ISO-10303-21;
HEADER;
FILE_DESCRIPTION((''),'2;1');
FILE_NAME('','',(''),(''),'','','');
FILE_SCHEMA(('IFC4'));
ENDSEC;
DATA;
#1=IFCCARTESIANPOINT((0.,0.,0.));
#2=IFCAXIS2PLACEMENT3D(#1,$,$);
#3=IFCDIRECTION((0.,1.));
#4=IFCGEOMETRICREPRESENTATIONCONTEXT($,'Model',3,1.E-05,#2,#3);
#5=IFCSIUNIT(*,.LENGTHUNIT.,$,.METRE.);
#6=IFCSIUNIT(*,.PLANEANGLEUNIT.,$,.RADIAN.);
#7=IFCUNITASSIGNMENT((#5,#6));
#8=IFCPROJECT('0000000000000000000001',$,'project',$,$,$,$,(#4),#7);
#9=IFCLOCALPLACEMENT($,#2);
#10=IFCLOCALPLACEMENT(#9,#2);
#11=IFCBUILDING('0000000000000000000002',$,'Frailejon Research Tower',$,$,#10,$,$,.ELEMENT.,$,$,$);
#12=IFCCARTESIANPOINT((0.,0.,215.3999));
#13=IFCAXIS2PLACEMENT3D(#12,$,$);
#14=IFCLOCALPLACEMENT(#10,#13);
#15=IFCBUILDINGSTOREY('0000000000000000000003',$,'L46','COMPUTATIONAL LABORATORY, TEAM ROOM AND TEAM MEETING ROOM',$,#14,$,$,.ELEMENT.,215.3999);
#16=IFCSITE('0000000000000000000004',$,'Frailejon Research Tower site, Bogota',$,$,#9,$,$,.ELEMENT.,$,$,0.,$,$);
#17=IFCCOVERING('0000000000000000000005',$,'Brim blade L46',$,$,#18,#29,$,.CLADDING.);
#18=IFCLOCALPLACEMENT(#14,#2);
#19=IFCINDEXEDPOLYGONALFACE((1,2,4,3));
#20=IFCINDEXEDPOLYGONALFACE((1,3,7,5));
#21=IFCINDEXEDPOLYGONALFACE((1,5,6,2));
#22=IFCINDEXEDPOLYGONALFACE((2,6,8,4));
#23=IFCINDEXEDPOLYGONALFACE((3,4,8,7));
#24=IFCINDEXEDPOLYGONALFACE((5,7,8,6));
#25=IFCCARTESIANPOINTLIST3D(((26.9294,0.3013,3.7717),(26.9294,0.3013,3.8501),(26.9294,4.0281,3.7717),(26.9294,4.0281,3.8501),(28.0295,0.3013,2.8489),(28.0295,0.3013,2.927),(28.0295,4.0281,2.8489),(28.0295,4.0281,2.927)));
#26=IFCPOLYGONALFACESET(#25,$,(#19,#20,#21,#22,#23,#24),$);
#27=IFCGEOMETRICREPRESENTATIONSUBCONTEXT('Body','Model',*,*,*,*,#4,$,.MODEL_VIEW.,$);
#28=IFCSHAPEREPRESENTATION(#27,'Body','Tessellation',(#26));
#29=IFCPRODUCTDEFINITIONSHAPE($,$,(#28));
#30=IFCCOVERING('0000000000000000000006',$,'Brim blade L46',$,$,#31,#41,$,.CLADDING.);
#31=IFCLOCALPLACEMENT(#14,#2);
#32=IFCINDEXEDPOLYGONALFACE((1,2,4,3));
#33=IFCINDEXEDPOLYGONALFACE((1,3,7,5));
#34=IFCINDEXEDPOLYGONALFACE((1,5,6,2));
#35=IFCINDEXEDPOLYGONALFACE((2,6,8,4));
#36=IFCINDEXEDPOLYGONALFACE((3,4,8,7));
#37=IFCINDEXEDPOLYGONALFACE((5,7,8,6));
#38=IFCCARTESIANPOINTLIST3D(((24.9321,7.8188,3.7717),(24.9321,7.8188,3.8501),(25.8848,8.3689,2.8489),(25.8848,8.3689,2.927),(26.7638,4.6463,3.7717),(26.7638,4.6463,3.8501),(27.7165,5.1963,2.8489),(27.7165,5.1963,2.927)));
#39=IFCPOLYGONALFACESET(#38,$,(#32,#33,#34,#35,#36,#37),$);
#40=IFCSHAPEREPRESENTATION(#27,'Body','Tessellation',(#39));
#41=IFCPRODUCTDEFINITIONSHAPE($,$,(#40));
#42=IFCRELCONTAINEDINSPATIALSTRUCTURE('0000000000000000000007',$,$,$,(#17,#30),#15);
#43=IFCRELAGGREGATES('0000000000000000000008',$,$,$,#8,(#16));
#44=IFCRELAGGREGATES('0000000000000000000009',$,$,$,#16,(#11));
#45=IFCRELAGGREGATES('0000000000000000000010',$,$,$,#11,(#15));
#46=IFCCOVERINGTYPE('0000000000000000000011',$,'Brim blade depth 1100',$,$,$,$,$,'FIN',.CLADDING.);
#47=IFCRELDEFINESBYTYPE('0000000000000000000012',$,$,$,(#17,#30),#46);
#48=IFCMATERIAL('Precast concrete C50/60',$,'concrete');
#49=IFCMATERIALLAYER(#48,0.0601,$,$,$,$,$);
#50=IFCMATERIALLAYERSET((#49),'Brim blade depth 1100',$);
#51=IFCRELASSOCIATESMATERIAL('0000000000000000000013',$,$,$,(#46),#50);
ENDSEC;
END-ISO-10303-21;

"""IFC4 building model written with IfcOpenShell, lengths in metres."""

from ifc_helpers import new_model, si_unit, direction, frame, origin, place, context, subcontext, project, spatial, polyline, outline, extrude, material, layer, layer_set, type_object, element, save


model = new_model("IFC4")

# Units and contexts
model_context = context("Model", 3, precision=1e-05, world=origin(), true_north=direction((0.0, 1.0)))
body_context = subcontext(model_context, "Body", "Model", "MODEL_VIEW")
ifc_project = project(units=[si_unit("LENGTHUNIT", "METRE"), si_unit("PLANEANGLEUNIT", "RADIAN")], contexts=[model_context])

# Site, building, storey
site_placement = place(None, origin())
site = spatial("IfcSite", under=ifc_project, at=site_placement, Name="Frailejon Research Tower site, Bogota", CompositionType="ELEMENT", RefElevation=0.0)
building_placement = place(site_placement, origin())
building = spatial("IfcBuilding", under=site, at=building_placement, Name="Frailejon Research Tower", CompositionType="ELEMENT")
storey_placement = place(building_placement, frame((0.0, 0.0, 215.3999)))
storey = spatial("IfcBuildingStorey", under=building, at=storey_placement, Name="L46", Description="COMPUTATIONAL LABORATORY, TEAM ROOM AND TEAM MEETING ROOM", CompositionType="ELEMENT", Elevation=215.3999)

# Coverings
ifc_material_1 = material(Name="Precast concrete C50/60", Category="concrete")
ifc_layer_1 = layer(ifc_material_1, 0.0601)
ifc_layer_set_1 = layer_set([ifc_layer_1], Name="Brim blade depth 1100")
covering_type = type_object("IfcCoveringType", Name="Brim blade depth 1100", ElementType="FIN", PredefinedType="CLADDING", material=ifc_layer_set_1)
for number, where, z_axis, x_axis, name in (
    (1, (26.9294, 4.0281, 3.8501), (0.0, -1.0, 0.0), (1.0, 0.0, 0.0), "Brim blade L46"),
):
    element("IfcCovering", number, at=place(storey_placement, frame(where, z_axis=z_axis, x_axis=x_axis)), inside=storey, type_object=covering_type, Name=name, PredefinedType="CLADDING", context=body_context, shape_type="SweptSolid", body=[
        extrude(outline(polyline([(0.0, -0.0784), (1.1001, -1.0012), (1.1001, -0.9231), (0.0, 0.0), (0.0, -0.0784)])), origin(), (0.0, 0.0, 1.0), 3.7268),
    ])
covering_placement = place(storey_placement, frame((24.9321, 7.8188, 3.8501), z_axis=(0.499992, -0.86603, 0.0), x_axis=(0.86603, 0.499992, 0.0)))
element("IfcCovering", 2, at=covering_placement, inside=storey, type_object=covering_type, Name="Brim blade L46", PredefinedType="CLADDING", context=body_context, shape_type="SweptSolid", body=[
    extrude(outline(polyline([(0.0, -0.0784), (1.1001, -1.0012), (1.1001, -0.9231), (0.0, 0.0), (0.0, -0.0784)])), origin(), (0.0, 0.0, 1.0), 3.6633),
])

save(model, "model.ifc")
